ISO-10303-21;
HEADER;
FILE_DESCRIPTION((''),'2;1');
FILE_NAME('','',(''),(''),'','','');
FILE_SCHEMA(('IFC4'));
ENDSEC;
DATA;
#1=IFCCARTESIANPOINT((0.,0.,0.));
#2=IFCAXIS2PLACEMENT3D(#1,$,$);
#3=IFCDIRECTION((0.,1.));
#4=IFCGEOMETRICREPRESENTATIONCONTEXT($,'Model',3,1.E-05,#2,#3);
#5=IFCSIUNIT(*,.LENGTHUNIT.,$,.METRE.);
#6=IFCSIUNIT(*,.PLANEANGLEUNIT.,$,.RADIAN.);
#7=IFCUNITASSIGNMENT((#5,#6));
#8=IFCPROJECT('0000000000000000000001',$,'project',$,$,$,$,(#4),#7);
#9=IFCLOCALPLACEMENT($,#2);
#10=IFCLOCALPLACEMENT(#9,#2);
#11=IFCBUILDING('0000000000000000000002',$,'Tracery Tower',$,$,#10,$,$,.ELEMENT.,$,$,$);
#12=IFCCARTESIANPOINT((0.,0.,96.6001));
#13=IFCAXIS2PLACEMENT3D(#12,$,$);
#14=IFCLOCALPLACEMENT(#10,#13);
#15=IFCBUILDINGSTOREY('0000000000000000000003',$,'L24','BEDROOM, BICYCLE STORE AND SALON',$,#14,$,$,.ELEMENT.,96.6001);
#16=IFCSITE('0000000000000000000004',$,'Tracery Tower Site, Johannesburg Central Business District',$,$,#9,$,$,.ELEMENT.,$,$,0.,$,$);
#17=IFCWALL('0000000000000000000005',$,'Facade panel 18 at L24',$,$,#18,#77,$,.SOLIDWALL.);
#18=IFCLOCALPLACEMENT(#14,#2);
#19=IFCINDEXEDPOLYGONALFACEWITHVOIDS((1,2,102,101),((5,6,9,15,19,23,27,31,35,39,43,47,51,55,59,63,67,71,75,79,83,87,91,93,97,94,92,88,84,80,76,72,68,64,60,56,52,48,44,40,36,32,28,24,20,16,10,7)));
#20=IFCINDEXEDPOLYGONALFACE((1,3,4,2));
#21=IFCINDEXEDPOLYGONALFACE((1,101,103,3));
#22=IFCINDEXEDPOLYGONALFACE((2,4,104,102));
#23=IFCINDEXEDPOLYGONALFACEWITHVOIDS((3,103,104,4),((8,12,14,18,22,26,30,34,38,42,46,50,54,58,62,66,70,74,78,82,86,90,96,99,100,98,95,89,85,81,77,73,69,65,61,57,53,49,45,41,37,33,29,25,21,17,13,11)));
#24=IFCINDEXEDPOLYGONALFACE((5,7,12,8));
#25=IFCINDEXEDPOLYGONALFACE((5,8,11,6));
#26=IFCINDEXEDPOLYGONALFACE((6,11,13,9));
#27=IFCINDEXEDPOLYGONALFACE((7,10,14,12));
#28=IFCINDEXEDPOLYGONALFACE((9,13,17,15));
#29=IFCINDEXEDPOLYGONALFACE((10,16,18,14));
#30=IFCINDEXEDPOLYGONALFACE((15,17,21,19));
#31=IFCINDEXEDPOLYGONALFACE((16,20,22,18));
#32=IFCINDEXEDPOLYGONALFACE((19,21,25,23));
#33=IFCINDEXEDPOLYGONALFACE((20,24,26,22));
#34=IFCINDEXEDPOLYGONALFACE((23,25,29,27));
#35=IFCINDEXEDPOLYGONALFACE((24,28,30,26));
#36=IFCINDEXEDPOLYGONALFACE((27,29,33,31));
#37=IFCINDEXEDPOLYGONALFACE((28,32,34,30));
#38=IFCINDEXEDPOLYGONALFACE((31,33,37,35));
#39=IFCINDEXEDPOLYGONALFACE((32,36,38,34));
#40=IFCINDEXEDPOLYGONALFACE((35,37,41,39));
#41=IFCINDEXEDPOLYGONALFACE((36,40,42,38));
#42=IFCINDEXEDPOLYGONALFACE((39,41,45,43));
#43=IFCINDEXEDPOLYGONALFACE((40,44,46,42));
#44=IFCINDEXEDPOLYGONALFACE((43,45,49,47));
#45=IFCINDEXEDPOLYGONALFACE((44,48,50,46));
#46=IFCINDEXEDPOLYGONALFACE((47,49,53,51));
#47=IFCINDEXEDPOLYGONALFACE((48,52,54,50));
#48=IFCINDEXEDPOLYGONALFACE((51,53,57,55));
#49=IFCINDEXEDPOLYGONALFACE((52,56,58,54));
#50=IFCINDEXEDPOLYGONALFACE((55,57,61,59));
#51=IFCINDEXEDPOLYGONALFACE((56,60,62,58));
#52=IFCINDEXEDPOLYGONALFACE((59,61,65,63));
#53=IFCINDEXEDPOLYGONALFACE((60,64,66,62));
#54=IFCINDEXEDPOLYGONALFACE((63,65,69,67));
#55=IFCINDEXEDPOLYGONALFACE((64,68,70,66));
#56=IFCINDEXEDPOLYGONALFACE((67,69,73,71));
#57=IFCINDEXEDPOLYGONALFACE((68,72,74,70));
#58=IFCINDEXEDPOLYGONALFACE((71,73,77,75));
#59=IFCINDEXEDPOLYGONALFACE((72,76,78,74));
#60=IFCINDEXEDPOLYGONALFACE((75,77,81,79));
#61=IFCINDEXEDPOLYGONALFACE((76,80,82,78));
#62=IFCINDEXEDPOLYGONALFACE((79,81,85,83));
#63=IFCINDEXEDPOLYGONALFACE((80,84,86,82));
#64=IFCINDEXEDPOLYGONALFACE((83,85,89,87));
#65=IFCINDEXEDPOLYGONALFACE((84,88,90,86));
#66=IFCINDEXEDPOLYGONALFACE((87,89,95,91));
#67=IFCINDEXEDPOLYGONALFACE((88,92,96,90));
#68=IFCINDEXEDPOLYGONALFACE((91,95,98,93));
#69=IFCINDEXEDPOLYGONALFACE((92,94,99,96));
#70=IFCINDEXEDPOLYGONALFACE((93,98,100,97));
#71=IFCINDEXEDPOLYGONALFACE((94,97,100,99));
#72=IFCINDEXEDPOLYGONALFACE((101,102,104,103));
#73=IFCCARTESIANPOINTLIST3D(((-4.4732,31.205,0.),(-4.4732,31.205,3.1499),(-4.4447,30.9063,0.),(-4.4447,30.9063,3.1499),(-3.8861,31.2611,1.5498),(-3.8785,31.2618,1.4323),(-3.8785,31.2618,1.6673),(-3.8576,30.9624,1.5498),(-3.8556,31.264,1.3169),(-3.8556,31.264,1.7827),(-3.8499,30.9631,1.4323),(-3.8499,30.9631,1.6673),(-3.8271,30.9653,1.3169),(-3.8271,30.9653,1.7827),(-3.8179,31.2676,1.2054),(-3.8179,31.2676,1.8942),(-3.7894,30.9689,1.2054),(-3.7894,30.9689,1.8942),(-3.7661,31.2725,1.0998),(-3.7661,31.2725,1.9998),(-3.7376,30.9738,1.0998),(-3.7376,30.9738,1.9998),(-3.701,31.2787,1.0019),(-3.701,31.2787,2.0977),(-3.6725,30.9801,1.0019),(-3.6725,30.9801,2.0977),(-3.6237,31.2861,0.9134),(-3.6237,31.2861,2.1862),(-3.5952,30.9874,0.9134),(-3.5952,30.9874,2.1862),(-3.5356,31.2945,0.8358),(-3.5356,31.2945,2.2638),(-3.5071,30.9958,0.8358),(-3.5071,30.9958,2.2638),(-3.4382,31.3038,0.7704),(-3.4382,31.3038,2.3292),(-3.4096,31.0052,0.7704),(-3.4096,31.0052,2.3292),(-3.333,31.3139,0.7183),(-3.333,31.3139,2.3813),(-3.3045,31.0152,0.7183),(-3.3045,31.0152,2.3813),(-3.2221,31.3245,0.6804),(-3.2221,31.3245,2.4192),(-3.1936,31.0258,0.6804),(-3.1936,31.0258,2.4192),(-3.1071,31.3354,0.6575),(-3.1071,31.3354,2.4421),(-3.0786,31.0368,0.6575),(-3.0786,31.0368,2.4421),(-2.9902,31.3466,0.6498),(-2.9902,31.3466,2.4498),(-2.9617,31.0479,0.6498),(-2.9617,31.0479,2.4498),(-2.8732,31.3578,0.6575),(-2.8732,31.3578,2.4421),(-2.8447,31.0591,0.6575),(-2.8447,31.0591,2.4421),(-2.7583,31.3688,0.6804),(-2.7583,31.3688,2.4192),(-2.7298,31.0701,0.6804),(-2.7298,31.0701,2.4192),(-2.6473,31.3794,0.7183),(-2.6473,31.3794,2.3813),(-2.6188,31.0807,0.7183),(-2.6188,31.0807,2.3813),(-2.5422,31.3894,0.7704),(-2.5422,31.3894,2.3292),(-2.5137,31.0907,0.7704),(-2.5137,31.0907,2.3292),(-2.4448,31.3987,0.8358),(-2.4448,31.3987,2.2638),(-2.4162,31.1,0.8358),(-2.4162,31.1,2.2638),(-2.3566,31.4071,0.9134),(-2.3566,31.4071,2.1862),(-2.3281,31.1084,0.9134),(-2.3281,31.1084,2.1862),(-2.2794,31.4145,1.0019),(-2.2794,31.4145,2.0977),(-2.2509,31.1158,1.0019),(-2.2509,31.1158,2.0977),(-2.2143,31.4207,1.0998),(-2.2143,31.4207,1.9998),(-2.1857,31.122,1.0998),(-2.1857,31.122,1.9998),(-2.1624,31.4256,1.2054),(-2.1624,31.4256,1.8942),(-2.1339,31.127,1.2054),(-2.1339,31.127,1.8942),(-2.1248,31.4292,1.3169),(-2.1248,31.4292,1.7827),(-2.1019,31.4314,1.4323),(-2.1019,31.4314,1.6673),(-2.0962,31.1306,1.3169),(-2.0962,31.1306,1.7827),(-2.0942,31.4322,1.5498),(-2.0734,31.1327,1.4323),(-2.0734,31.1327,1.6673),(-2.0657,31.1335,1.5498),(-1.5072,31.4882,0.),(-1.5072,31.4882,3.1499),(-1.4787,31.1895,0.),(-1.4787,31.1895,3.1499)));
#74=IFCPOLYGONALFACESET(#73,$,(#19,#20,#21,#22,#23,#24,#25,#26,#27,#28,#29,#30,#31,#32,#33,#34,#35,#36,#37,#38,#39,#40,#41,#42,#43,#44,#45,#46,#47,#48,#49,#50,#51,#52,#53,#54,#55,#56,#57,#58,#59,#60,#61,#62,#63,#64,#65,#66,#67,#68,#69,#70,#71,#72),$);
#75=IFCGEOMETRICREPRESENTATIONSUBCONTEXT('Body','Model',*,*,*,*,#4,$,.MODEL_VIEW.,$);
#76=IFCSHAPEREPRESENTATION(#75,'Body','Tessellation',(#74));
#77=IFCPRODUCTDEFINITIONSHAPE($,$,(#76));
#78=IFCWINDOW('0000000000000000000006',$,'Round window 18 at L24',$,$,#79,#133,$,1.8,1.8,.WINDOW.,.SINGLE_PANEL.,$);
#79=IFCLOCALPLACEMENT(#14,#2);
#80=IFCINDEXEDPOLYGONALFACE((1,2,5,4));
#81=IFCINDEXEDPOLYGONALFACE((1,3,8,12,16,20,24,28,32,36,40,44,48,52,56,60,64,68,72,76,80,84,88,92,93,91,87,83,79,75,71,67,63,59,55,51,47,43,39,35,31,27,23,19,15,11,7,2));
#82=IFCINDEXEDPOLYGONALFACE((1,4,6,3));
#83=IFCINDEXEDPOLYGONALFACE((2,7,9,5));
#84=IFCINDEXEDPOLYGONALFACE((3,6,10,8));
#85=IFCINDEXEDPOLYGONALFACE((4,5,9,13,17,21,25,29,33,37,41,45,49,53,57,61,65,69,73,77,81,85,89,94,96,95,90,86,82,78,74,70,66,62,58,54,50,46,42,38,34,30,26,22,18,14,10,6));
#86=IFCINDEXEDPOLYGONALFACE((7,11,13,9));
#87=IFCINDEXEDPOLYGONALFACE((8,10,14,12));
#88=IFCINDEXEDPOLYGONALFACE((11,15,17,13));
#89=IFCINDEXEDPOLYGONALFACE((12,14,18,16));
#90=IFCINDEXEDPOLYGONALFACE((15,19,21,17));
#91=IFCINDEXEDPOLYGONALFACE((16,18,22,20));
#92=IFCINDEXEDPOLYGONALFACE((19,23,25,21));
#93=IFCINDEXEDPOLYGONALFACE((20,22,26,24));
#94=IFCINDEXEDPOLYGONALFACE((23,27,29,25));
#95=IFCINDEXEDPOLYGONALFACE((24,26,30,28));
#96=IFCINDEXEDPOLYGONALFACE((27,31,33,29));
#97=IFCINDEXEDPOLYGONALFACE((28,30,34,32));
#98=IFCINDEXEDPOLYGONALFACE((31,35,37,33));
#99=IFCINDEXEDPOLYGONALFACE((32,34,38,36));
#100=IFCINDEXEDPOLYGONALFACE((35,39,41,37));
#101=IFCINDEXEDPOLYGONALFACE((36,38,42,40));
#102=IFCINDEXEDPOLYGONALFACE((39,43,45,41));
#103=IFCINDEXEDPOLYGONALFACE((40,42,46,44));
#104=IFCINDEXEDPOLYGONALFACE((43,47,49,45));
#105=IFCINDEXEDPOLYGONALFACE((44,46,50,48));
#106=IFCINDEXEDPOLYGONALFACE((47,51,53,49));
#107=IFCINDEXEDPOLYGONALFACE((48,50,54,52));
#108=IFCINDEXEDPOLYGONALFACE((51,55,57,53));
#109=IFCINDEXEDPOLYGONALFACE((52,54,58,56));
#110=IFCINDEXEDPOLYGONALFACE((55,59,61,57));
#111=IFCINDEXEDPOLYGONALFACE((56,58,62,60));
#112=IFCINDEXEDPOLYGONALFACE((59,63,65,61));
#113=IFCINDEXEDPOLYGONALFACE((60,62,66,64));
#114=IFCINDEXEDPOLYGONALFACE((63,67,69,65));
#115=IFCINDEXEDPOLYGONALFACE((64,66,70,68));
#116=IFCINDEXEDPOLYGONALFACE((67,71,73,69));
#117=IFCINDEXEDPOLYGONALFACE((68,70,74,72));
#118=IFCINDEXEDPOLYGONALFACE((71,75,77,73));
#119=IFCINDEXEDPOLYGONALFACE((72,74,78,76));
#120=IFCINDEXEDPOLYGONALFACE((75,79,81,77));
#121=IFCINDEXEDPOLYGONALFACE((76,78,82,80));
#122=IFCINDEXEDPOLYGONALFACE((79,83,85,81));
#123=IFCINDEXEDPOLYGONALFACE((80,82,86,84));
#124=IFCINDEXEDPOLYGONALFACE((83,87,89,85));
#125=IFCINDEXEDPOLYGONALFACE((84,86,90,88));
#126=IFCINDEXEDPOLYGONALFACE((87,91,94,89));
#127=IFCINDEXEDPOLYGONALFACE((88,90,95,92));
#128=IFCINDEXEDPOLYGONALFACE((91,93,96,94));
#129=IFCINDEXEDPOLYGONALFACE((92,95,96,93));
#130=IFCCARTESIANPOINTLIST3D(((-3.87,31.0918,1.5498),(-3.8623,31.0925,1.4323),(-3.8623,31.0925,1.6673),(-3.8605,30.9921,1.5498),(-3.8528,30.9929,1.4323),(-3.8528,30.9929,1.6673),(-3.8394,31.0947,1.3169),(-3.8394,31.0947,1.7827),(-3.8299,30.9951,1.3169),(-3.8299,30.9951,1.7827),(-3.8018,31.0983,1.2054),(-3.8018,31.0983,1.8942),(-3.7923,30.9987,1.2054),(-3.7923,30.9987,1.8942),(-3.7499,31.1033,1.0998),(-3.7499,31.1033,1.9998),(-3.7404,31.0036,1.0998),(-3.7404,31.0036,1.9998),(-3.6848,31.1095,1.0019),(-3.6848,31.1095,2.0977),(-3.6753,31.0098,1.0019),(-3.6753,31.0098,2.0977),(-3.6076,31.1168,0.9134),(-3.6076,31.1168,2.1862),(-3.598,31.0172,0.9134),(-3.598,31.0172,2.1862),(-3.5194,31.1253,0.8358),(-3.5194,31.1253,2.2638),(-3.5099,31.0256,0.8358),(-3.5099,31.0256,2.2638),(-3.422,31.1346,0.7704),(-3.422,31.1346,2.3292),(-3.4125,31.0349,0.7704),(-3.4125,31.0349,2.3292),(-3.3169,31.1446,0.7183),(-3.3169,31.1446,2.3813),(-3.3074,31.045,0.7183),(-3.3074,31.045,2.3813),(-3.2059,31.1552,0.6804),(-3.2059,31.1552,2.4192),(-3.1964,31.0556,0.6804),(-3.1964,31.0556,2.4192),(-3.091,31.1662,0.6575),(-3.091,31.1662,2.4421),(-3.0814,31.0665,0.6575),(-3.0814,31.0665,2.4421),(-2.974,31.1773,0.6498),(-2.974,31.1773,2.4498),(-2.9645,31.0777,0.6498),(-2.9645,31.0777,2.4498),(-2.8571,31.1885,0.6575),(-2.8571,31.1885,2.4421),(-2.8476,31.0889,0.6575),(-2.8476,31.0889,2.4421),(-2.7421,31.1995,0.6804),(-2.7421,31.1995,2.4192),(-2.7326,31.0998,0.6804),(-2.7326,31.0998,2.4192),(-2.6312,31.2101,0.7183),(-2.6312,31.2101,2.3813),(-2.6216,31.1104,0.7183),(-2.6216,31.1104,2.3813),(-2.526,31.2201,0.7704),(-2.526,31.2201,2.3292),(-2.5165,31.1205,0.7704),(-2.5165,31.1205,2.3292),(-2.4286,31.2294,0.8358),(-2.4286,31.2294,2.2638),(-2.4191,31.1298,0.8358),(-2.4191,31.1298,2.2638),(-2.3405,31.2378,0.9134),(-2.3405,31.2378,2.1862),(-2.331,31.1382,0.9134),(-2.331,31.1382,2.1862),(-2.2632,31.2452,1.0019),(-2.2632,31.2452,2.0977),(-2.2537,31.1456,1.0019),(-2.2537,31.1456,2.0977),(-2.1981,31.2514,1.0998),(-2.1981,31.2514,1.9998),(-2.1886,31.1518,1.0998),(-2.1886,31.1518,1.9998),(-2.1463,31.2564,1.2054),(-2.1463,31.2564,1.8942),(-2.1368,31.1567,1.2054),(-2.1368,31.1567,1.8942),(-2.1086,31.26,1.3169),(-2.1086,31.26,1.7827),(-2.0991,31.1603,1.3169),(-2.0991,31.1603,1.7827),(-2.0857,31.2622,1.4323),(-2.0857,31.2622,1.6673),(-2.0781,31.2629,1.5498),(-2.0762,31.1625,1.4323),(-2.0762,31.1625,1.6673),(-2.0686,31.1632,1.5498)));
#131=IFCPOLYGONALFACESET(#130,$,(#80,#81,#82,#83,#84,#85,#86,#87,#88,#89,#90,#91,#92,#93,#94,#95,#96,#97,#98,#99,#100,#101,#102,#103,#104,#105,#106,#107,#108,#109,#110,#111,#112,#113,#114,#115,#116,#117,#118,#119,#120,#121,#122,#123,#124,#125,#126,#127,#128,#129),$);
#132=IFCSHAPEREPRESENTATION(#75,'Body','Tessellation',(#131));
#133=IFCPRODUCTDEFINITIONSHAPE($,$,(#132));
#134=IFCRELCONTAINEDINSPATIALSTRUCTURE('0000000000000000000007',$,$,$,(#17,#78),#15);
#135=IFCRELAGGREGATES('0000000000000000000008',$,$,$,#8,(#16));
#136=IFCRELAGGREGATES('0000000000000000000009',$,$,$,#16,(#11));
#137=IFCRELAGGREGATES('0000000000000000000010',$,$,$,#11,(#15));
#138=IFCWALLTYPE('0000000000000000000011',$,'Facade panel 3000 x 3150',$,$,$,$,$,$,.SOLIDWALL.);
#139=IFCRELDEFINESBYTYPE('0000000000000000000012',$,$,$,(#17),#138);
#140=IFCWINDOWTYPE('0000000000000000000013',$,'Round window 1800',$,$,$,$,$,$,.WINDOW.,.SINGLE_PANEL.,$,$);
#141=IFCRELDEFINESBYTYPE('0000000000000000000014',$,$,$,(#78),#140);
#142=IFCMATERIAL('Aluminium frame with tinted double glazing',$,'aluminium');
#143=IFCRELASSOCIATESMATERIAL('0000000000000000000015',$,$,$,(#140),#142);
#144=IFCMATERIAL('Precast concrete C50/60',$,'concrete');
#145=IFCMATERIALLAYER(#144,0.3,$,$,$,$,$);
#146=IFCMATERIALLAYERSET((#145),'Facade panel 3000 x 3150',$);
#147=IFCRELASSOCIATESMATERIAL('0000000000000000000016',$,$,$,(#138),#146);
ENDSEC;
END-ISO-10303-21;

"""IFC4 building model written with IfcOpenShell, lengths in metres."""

from ifc_helpers import new_model, si_unit, direction, frame, frame_2d, origin, origin_2d, place, context, subcontext, project, spatial, rectangle, circle, extrude, material, layer, layer_set, type_object, element, fill, save


model = new_model("IFC4")

# Units and contexts
model_context = context("Model", 3, precision=1e-05, world=origin(), true_north=direction((0.0, 1.0)))
body_context = subcontext(model_context, "Body", "Model", "MODEL_VIEW")
ifc_project = project(units=[si_unit("LENGTHUNIT", "METRE"), si_unit("PLANEANGLEUNIT", "RADIAN")], contexts=[model_context])

# Site, building, storey
site_placement = place(None, origin())
site = spatial("IfcSite", under=ifc_project, at=site_placement, Name="Tracery Tower Site, Johannesburg Central Business District", CompositionType="ELEMENT", RefElevation=0.0)
building_placement = place(site_placement, origin())
building = spatial("IfcBuilding", under=site, at=building_placement, Name="Tracery Tower", CompositionType="ELEMENT")
storey_placement = place(building_placement, frame((0.0, 0.0, 96.6001)))
storey = spatial("IfcBuildingStorey", under=building, at=storey_placement, Name="L24", Description="BEDROOM, BICYCLE STORE AND SALON", CompositionType="ELEMENT", Elevation=96.6001)

# Wall, opening, window
ifc_material_1 = material(Name="Aluminium frame with tinted double glazing", Category="aluminium")
window_type = type_object("IfcWindowType", Name="Round window 1800", PartitioningType="SINGLE_PANEL", PredefinedType="WINDOW", material=ifc_material_1)
ifc_material_2 = material(Name="Precast concrete C50/60", Category="concrete")
ifc_layer_1 = layer(ifc_material_2, 0.3)
ifc_layer_set_1 = layer_set([ifc_layer_1], Name="Facade panel 3000 x 3150")
wall_type_1 = type_object("IfcWallType", Name="Facade panel 3000 x 3150", PredefinedType="SOLIDWALL", material=ifc_layer_set_1)
wall_1_placement = place(storey_placement, frame((-1.4929, 31.3389, 0.0), z_axis=(0.0, 0.0, 1.0), x_axis=(-0.995473, -0.095049, 0.0)))
wall_1 = element("IfcWall", 1, at=wall_1_placement, inside=storey, type_object=wall_type_1, Name="Facade panel 18 at L24", PredefinedType="SOLIDWALL", context=body_context, shape_type="SweptSolid", body=[
    extrude(rectangle(XDim=2.9795, YDim=0.3, at=frame_2d((1.4897, 0.0))), origin(), (0.0, 0.0, 1.0), 3.1499),
])
opening_1_placement = place(wall_1_placement, frame((1.4897, 0.0, 1.5498)))
opening_1 = element("IfcOpeningElement", 2, at=opening_1_placement, cuts=wall_1, PredefinedType="OPENING", context=body_context, shape_type="SweptSolid", body=[
    extrude(circle(Radius=0.9, at=origin_2d()), frame((0.0, 0.1599, 0.0), z_axis=(0.0, -1.0, 0.0), x_axis=(1.0, 0.0, 0.0)), (0.0, 0.0, 1.0), 0.3201),
])
window_1_placement = place(opening_1_placement, origin())
window_1 = element("IfcWindow", 3, at=window_1_placement, inside=storey, type_object=window_type, Name="Round window 18 at L24", OverallHeight=1.8, OverallWidth=1.8, PartitioningType="SINGLE_PANEL", PredefinedType="WINDOW", context=body_context, shape_type="SweptSolid", body=[
    extrude(circle(Radius=0.9, at=origin_2d()), frame((0.0, 0.1201, 0.0), z_axis=(0.0, -1.0, 0.0), x_axis=(1.0, 0.0, 0.0)), (0.0, 0.0, 1.0), 0.1001),
])
fill(opening_1, window_1)

save(model, "model.ifc")
